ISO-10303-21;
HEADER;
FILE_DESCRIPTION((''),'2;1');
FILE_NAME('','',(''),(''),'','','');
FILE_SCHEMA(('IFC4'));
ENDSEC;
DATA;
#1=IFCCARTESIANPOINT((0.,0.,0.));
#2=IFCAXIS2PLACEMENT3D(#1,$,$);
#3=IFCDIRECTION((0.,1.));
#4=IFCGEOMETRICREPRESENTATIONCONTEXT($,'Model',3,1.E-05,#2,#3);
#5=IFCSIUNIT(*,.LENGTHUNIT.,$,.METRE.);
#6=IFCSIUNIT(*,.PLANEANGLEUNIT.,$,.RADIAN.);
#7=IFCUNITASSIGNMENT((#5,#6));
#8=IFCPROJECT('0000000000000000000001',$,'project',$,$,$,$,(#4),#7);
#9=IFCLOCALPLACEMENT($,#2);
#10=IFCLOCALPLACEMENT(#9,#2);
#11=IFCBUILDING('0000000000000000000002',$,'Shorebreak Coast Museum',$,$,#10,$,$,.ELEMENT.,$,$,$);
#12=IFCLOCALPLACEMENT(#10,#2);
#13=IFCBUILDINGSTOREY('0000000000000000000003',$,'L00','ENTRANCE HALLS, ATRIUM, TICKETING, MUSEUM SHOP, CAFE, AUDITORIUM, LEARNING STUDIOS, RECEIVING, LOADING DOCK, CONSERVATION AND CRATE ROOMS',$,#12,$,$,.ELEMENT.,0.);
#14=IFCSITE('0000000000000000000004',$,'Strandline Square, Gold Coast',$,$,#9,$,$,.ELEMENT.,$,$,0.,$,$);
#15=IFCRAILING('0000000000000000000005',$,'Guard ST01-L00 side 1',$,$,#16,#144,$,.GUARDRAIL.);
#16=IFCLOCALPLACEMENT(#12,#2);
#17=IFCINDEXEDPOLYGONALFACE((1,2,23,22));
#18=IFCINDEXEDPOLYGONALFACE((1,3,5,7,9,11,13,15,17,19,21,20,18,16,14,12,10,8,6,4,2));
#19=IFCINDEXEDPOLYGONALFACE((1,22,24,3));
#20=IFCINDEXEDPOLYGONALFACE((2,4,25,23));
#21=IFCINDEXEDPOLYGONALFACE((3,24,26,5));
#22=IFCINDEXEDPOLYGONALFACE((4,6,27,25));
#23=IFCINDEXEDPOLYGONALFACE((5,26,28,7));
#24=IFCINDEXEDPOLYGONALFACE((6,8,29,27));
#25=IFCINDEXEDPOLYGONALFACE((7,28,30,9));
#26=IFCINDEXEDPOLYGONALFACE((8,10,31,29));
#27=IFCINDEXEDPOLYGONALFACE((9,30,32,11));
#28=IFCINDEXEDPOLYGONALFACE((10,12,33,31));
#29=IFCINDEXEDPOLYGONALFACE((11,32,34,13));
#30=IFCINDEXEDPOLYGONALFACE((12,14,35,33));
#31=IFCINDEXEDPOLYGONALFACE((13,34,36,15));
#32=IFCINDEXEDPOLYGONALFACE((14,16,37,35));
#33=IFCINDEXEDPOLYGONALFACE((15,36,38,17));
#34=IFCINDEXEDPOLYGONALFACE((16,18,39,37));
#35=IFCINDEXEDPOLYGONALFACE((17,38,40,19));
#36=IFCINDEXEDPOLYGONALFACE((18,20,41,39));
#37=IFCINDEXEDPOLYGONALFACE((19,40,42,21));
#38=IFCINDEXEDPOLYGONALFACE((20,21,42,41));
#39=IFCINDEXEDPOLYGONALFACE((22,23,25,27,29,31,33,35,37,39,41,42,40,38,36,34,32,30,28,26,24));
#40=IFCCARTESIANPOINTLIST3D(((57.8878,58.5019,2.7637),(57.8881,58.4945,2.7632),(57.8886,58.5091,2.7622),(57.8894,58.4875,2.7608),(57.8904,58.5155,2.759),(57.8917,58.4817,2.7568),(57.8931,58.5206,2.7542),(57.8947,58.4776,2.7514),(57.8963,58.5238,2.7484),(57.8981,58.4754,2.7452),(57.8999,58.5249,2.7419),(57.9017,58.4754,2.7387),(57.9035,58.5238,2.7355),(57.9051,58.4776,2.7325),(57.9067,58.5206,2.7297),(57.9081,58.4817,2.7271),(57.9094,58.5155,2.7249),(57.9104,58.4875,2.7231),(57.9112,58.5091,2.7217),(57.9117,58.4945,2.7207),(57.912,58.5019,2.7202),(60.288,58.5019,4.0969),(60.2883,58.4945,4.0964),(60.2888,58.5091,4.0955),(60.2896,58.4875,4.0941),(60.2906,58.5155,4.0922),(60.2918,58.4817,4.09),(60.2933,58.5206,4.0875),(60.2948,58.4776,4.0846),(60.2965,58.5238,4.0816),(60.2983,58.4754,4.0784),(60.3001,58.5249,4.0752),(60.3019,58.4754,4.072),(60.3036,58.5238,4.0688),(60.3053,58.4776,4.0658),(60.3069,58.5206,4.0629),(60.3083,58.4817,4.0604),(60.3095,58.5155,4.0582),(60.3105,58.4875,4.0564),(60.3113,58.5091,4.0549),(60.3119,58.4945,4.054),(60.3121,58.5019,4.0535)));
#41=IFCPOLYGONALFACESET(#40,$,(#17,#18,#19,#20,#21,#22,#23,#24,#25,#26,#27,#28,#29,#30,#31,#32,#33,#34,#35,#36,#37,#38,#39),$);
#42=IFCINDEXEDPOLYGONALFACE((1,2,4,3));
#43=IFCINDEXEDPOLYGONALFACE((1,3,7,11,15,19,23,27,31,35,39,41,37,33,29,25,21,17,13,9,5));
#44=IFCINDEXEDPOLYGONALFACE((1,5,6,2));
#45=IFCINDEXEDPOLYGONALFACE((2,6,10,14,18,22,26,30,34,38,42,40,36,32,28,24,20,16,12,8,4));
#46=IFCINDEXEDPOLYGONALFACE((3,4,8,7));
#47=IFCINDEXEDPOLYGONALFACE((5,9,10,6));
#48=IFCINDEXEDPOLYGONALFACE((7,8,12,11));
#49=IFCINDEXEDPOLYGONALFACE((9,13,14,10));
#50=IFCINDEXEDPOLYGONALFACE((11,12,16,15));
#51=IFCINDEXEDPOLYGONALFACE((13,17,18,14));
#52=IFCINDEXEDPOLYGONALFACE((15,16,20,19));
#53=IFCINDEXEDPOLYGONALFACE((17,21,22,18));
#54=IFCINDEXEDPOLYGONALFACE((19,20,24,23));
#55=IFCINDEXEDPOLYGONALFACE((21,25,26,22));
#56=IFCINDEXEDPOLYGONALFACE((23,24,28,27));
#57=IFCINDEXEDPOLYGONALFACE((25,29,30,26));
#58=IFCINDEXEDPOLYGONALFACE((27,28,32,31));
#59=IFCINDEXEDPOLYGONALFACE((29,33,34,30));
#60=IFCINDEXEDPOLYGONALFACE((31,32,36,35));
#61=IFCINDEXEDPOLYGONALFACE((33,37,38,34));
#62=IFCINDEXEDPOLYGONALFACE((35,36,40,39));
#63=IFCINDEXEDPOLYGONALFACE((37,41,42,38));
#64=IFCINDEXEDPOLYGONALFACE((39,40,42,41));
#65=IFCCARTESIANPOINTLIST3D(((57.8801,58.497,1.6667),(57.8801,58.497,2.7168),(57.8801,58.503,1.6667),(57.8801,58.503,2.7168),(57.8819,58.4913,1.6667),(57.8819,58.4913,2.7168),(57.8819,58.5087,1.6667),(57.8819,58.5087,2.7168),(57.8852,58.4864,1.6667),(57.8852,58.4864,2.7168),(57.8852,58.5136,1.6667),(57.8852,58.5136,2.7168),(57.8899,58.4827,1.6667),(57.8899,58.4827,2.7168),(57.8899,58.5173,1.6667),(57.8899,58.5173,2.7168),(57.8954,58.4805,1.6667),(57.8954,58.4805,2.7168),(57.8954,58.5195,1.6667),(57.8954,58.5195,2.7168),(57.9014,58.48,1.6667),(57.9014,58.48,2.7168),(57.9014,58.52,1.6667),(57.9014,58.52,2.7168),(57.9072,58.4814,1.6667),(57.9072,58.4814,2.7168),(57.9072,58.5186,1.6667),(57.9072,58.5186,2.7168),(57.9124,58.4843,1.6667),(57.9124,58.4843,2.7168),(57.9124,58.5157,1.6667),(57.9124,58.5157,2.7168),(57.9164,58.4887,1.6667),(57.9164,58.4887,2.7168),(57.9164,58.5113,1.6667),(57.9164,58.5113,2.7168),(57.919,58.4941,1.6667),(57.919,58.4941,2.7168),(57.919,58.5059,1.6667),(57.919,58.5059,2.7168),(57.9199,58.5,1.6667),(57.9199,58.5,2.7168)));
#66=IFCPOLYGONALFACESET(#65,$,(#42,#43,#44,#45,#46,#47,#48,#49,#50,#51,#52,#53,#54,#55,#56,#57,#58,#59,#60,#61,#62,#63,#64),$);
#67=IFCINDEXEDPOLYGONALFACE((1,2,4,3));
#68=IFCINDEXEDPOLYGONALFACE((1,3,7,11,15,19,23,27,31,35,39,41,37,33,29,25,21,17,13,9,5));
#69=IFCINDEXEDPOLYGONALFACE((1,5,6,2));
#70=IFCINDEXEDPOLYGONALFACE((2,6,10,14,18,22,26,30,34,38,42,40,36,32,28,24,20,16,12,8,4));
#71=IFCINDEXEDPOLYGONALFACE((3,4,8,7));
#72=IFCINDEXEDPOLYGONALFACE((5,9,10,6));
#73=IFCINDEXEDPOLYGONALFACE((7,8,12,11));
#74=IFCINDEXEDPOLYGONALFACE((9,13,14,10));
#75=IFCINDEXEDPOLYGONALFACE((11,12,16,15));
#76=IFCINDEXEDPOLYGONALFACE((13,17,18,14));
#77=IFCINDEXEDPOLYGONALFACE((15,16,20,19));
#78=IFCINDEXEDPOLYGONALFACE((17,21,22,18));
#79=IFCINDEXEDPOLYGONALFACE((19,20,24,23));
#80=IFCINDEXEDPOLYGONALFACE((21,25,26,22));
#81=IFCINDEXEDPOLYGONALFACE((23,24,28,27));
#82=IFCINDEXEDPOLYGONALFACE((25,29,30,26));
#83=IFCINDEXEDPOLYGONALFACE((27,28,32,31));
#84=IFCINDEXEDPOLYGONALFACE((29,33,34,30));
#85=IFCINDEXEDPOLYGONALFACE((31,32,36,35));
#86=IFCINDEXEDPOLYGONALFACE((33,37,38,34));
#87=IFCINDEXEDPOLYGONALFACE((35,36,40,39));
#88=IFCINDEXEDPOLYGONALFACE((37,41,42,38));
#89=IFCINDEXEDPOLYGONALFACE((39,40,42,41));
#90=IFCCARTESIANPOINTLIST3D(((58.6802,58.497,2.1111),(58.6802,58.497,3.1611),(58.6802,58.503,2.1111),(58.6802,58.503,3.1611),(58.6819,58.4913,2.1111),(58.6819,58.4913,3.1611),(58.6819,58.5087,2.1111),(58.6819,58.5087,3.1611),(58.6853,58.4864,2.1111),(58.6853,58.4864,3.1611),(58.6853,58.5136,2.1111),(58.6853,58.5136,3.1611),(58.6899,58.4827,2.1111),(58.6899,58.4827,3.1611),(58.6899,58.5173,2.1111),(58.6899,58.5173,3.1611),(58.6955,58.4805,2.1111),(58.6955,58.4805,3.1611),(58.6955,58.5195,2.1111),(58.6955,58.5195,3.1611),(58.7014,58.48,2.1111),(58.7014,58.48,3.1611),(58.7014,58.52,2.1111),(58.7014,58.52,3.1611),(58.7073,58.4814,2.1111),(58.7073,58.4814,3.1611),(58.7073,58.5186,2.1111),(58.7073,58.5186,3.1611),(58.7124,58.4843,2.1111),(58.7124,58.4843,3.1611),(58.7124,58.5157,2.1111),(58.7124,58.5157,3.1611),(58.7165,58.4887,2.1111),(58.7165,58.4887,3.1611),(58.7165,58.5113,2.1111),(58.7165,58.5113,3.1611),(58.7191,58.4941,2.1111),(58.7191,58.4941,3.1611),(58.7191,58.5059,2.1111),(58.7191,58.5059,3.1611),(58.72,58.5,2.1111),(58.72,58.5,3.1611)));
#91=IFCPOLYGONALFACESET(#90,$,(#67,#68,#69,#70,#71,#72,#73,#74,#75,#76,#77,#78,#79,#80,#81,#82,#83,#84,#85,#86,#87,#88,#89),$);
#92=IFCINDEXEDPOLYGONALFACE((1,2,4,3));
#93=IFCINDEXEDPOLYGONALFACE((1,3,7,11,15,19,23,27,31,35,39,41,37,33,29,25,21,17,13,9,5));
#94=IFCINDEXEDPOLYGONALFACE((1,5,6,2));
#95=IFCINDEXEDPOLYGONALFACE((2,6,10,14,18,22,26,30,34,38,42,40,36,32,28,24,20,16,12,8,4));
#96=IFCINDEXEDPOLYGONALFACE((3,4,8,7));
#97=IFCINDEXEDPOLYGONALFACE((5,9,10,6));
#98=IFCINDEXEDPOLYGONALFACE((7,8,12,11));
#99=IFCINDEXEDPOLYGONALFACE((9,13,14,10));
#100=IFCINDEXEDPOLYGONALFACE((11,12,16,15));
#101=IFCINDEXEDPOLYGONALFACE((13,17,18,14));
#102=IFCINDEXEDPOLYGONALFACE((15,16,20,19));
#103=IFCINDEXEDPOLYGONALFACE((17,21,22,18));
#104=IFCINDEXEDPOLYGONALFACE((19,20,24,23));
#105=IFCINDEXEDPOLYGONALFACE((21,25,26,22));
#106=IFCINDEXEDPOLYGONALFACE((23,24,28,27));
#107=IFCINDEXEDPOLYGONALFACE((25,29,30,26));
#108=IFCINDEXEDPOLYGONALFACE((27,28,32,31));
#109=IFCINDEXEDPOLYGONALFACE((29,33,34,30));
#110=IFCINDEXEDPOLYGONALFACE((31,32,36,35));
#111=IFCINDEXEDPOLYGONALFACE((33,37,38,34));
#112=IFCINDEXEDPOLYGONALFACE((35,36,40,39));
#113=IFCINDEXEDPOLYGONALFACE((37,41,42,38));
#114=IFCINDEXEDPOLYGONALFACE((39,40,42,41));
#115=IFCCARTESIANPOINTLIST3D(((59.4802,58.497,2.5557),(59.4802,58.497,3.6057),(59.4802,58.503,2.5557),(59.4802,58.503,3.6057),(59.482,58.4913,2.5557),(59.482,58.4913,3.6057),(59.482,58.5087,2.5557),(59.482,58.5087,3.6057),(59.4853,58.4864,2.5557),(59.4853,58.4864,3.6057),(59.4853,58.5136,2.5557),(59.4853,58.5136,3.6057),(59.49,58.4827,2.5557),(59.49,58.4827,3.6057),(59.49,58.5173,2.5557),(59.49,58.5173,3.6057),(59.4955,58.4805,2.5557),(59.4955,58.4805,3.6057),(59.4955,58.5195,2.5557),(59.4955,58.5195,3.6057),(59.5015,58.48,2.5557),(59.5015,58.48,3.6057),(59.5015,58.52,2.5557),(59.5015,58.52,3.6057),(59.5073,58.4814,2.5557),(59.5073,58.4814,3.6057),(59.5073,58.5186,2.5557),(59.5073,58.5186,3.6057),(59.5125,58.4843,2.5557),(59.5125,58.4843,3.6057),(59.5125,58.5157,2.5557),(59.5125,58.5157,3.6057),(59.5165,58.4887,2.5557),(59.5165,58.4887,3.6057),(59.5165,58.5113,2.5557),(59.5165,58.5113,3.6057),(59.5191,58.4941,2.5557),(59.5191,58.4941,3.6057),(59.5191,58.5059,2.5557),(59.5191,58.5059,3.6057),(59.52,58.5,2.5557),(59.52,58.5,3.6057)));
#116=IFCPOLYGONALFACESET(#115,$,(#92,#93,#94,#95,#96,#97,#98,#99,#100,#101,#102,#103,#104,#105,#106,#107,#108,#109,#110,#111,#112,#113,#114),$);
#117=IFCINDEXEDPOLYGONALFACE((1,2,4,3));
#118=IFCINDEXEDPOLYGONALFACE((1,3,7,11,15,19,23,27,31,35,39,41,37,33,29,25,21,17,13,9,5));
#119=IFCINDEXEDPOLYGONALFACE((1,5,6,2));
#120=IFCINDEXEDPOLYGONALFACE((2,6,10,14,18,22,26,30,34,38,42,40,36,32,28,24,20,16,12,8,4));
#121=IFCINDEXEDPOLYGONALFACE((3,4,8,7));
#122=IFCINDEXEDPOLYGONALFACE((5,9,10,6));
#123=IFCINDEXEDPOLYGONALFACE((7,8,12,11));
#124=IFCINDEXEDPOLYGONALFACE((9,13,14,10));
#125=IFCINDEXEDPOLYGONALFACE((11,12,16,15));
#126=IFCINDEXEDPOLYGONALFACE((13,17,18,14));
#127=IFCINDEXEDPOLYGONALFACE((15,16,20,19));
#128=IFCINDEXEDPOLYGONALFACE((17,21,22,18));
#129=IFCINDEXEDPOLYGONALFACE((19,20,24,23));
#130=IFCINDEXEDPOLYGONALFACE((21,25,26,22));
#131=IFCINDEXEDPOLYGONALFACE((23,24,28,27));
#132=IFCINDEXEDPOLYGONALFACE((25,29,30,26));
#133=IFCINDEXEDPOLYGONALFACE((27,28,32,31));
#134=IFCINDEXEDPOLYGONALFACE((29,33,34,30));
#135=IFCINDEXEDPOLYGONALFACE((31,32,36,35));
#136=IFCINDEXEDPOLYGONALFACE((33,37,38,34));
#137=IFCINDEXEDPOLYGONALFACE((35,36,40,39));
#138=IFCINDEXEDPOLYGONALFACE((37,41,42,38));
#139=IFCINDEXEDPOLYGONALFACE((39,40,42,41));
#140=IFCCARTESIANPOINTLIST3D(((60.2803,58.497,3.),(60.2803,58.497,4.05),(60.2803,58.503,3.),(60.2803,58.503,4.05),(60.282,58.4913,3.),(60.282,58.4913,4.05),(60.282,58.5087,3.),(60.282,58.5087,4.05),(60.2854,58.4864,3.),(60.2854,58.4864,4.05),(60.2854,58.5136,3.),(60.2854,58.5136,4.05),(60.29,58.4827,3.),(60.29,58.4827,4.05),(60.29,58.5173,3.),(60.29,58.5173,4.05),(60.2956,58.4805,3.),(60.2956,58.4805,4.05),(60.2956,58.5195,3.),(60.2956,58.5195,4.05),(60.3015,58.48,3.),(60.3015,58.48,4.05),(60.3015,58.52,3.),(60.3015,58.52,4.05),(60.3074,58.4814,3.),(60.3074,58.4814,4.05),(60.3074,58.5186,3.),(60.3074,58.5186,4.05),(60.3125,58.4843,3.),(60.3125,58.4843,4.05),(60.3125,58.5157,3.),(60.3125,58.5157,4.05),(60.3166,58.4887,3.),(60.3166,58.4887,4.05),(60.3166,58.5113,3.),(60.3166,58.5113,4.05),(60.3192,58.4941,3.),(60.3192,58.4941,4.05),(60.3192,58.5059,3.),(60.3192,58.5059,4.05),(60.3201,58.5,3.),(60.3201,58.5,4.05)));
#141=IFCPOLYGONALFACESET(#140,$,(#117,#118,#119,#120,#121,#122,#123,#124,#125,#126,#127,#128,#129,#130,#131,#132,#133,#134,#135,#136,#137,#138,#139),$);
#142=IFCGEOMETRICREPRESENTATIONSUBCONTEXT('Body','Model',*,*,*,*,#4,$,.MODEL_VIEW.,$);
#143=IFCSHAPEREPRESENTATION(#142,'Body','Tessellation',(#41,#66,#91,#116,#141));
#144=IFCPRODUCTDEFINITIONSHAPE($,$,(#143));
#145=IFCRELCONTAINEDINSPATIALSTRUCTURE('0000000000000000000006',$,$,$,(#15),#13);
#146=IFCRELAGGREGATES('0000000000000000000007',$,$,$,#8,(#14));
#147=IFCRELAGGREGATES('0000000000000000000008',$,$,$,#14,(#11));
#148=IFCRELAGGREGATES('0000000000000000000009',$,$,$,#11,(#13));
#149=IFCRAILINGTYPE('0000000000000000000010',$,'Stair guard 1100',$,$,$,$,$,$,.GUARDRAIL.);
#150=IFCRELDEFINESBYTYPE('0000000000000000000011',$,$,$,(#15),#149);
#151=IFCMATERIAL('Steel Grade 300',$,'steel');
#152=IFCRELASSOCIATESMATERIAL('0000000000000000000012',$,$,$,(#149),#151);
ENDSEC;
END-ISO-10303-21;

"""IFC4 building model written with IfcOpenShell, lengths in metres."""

from ifc_helpers import new_model, si_unit, direction, frame, origin, origin_2d, place, context, subcontext, project, spatial, circle, extrude, material, type_object, element, save


model = new_model("IFC4")

# Units and contexts
model_context = context("Model", 3, precision=1e-05, world=origin(), true_north=direction((0.0, 1.0)))
body_context = subcontext(model_context, "Body", "Model", "MODEL_VIEW")
ifc_project = project(units=[si_unit("LENGTHUNIT", "METRE"), si_unit("PLANEANGLEUNIT", "RADIAN")], contexts=[model_context])

# Site, building, storey
site_placement = place(None, origin())
site = spatial("IfcSite", under=ifc_project, at=site_placement, Name="Strandline Square, Gold Coast", CompositionType="ELEMENT", RefElevation=0.0)
building_placement = place(site_placement, origin())
building = spatial("IfcBuilding", under=site, at=building_placement, Name="Shorebreak Coast Museum", CompositionType="ELEMENT")
storey_placement = place(building_placement, origin())
storey = spatial("IfcBuildingStorey", under=building, at=storey_placement, Name="L00", Description="ENTRANCE HALLS, ATRIUM, TICKETING, MUSEUM SHOP, CAFE, AUDITORIUM, LEARNING STUDIOS, RECEIVING, LOADING DOCK, CONSERVATION AND CRATE ROOMS", CompositionType="ELEMENT", Elevation=0.0)

# Railing
ifc_material_1 = material(Name="Steel Grade 300", Category="steel")
railing_type_1 = type_object("IfcRailingType", Name="Stair guard 1100", PredefinedType="GUARDRAIL", material=ifc_material_1)
for number, where, name in (
    (1, (57.8999, 58.5, 1.6667), "Guard ST01-L00 side 1"),
):
    element("IfcRailing", number, at=place(storey_placement, frame(where)), inside=storey, type_object=railing_type_1, Name=name, PredefinedType="GUARDRAIL", context=body_context, shape_type="SweptSolid", body=[
        extrude(circle(Radius=0.0249, at=origin_2d()), frame((0.0, 0.0, 1.0752), z_axis=(0.874182, 0.0, 0.485598), x_axis=(0.0, 1.0, 0.0)), (0.0, 0.0, 1.0), 2.7456),
        extrude(circle(Radius=0.02, at=origin_2d()), origin(), (0.0, 0.0, 1.0), 1.05),
        extrude(circle(Radius=0.02, at=origin_2d()), frame((0.8, 0.0, 0.4443)), (0.0, 0.0, 1.0), 1.05),
        extrude(circle(Radius=0.02, at=origin_2d()), frame((1.6001, 0.0, 0.8889)), (0.0, 0.0, 1.0), 1.05),
        extrude(circle(Radius=0.02, at=origin_2d()), frame((2.4001, 0.0, 1.3333)), (0.0, 0.0, 1.0), 1.05),
    ])

save(model, "model.ifc")
